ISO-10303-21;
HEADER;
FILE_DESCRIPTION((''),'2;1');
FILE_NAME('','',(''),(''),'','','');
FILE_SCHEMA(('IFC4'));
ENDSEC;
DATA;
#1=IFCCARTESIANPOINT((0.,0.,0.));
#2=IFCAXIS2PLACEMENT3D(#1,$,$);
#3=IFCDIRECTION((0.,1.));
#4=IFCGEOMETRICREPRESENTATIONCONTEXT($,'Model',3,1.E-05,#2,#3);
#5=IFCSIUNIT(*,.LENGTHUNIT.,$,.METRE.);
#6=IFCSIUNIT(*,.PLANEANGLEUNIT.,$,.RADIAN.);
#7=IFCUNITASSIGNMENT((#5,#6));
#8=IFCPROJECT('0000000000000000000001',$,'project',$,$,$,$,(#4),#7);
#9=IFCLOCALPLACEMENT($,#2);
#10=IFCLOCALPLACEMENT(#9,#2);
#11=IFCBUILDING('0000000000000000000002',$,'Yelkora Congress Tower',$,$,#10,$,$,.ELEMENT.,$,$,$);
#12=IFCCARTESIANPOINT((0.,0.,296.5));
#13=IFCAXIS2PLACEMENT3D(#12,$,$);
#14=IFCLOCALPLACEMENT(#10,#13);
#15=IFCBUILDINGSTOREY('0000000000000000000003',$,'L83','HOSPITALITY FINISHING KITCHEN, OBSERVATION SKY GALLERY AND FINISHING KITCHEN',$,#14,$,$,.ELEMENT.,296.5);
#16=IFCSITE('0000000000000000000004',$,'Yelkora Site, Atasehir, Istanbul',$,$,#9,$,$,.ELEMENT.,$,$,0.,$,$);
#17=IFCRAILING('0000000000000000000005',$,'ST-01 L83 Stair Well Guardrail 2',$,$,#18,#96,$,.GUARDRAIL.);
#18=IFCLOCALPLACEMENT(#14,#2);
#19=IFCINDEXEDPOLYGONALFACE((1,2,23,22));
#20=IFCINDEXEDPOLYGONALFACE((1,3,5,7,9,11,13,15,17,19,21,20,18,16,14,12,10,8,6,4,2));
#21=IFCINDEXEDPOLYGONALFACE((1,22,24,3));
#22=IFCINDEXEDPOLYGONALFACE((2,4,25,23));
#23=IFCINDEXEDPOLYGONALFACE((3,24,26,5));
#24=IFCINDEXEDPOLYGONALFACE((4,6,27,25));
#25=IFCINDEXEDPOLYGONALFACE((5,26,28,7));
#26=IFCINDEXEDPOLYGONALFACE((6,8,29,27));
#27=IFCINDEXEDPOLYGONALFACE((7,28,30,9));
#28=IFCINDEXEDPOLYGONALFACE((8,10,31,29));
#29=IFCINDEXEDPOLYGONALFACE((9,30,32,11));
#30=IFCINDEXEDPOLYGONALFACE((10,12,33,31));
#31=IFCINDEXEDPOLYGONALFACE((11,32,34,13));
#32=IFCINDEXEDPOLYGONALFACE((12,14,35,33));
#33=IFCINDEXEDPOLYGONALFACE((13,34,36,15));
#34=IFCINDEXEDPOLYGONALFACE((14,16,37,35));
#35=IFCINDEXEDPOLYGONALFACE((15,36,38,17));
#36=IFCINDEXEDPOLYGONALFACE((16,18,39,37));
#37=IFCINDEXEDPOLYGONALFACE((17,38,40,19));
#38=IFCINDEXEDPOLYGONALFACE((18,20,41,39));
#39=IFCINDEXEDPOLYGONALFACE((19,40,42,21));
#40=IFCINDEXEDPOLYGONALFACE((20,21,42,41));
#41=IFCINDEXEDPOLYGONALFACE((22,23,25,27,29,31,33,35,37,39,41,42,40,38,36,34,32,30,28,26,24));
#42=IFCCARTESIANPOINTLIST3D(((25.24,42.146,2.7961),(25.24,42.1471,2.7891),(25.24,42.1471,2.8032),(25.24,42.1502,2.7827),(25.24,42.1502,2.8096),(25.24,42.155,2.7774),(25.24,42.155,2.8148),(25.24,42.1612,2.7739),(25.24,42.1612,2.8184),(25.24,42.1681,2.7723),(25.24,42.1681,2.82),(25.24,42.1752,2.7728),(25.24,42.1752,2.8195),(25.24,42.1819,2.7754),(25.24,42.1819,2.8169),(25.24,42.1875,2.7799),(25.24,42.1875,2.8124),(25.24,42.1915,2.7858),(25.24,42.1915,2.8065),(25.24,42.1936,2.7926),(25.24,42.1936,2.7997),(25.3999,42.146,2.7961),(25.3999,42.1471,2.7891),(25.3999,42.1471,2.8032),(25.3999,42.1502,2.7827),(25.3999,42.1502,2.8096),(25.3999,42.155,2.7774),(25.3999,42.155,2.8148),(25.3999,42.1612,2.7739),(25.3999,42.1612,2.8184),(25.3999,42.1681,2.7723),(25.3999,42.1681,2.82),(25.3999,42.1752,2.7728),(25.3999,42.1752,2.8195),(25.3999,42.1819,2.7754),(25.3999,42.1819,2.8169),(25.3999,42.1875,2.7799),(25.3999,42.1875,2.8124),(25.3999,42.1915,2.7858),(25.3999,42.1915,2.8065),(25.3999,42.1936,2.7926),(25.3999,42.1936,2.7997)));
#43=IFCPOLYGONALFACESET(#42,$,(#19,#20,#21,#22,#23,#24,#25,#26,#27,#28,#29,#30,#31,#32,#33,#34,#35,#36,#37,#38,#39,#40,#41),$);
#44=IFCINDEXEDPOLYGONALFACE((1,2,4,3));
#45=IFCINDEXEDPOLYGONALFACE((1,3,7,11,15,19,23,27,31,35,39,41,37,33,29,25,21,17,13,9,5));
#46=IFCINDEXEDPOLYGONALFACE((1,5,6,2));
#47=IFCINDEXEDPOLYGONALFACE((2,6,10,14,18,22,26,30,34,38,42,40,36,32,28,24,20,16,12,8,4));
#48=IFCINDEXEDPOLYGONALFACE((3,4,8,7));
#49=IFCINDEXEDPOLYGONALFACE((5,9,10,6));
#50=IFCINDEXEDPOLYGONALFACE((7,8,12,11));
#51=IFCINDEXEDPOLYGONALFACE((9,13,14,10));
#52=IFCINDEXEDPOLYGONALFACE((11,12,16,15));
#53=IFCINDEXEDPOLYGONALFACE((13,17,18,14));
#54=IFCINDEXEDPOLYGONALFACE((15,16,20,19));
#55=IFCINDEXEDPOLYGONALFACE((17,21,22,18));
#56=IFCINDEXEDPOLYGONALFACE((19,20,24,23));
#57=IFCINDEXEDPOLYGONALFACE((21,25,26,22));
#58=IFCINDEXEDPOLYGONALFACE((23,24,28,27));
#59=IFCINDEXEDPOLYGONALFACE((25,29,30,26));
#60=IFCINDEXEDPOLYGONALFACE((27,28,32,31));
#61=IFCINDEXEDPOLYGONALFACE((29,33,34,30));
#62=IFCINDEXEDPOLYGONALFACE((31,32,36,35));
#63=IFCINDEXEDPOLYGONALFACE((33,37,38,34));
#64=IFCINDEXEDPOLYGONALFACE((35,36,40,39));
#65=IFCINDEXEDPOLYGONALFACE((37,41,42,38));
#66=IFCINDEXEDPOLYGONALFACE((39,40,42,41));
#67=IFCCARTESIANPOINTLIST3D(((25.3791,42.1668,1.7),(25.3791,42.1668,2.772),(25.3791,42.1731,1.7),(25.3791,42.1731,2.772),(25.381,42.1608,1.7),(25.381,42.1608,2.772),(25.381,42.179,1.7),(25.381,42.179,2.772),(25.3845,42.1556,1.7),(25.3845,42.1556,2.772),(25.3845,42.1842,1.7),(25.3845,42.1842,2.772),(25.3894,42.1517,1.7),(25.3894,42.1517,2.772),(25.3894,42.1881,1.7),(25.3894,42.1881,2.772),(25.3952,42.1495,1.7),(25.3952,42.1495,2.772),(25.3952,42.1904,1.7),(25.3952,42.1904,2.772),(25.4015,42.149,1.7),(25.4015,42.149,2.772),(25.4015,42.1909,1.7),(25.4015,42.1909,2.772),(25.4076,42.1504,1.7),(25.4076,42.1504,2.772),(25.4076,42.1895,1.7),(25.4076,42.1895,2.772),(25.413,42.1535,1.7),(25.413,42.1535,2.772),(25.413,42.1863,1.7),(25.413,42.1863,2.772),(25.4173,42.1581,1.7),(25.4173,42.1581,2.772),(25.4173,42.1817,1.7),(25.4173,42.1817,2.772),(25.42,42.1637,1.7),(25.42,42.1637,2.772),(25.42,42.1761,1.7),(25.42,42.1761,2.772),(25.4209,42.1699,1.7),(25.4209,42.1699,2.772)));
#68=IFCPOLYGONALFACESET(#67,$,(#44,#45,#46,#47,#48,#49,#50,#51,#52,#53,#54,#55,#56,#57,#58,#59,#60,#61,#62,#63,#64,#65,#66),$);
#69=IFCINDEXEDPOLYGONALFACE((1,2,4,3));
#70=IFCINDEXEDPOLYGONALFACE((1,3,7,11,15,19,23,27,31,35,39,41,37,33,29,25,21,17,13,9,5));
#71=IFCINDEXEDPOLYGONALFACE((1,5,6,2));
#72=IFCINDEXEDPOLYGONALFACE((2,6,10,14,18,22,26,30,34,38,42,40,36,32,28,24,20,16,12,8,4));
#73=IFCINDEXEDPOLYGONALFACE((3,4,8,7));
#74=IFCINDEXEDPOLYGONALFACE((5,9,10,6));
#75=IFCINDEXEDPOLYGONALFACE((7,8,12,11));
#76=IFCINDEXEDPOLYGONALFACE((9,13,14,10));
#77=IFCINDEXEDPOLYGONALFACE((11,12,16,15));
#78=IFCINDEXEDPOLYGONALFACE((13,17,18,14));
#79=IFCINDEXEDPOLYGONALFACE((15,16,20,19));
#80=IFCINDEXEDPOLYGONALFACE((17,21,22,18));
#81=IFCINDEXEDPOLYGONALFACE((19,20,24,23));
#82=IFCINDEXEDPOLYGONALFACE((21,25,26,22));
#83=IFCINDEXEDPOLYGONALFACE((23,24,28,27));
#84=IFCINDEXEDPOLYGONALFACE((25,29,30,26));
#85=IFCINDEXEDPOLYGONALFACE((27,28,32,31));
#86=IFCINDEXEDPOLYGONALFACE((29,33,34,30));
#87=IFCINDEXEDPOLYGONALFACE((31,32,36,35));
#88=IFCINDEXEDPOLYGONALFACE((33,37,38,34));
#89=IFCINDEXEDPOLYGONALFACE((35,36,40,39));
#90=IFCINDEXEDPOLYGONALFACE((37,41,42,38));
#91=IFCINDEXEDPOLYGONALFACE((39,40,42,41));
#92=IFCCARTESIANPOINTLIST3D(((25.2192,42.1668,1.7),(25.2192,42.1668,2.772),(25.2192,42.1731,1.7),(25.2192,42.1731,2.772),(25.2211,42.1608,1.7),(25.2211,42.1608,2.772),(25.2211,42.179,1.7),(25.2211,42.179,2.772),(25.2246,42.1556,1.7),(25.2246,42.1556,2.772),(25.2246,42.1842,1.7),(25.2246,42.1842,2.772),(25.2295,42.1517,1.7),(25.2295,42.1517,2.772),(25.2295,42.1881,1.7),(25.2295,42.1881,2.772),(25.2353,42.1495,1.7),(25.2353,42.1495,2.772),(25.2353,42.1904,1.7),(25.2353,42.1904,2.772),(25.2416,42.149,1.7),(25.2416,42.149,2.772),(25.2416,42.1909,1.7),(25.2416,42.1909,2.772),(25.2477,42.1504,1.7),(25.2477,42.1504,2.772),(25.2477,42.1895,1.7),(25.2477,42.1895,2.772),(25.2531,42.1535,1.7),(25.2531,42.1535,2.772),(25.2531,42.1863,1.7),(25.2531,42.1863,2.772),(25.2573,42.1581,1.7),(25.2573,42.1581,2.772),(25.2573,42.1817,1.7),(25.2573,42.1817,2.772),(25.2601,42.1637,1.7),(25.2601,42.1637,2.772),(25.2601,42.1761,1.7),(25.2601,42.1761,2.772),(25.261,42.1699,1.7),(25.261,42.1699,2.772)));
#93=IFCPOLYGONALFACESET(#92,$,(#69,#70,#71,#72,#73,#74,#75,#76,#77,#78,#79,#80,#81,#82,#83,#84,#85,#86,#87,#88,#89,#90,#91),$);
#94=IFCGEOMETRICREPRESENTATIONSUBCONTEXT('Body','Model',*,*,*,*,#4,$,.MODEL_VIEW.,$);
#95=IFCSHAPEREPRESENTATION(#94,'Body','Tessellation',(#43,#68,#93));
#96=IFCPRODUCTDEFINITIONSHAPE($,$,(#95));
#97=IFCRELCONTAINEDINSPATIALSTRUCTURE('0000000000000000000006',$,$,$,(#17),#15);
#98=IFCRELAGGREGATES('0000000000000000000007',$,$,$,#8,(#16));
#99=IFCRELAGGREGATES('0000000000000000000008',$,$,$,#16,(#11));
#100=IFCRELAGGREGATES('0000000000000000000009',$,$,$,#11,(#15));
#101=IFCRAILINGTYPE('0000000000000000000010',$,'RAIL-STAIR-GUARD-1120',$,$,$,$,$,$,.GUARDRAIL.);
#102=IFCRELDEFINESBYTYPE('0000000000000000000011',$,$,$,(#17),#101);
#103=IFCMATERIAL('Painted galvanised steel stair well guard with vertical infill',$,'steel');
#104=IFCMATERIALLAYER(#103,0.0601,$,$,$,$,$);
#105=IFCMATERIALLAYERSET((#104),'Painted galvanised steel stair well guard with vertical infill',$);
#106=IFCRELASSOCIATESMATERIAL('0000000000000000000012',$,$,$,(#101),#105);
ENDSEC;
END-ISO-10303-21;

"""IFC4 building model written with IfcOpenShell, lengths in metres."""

from ifc_helpers import new_model, si_unit, direction, frame, origin, origin_2d, place, context, subcontext, project, spatial, circle, extrude, material, layer, layer_set, type_object, element, save


model = new_model("IFC4")

# Units and contexts
model_context = context("Model", 3, precision=1e-05, world=origin(), true_north=direction((0.0, 1.0)))
body_context = subcontext(model_context, "Body", "Model", "MODEL_VIEW")
ifc_project = project(units=[si_unit("LENGTHUNIT", "METRE"), si_unit("PLANEANGLEUNIT", "RADIAN")], contexts=[model_context])

# Site, building, storey
site_placement = place(None, origin())
site = spatial("IfcSite", under=ifc_project, at=site_placement, Name="Yelkora Site, Atasehir, Istanbul", CompositionType="ELEMENT", RefElevation=0.0)
building_placement = place(site_placement, origin())
building = spatial("IfcBuilding", under=site, at=building_placement, Name="Yelkora Congress Tower", CompositionType="ELEMENT")
storey_placement = place(building_placement, frame((0.0, 0.0, 296.5)))
storey = spatial("IfcBuildingStorey", under=building, at=storey_placement, Name="L83", Description="HOSPITALITY FINISHING KITCHEN, OBSERVATION SKY GALLERY AND FINISHING KITCHEN", CompositionType="ELEMENT", Elevation=296.5)

# Railing
ifc_material_1 = material(Name="Painted galvanised steel stair well guard with vertical infill", Category="steel")
ifc_layer_1 = layer(ifc_material_1, 0.0601)
ifc_layer_set_1 = layer_set([ifc_layer_1], Name="Painted galvanised steel stair well guard with vertical infill")
railing_type_1 = type_object("IfcRailingType", Name="RAIL-STAIR-GUARD-1120", PredefinedType="GUARDRAIL", material=ifc_layer_set_1)
railing_1_placement = place(storey_placement, frame((25.3999, 42.1699, 1.7)))
element("IfcRailing", 1, at=railing_1_placement, inside=storey, type_object=railing_type_1, Name="ST-01 L83 Stair Well Guardrail 2", PredefinedType="GUARDRAIL", context=body_context, shape_type="SweptSolid", body=[
    extrude(circle(Radius=0.0239, at=origin_2d()), frame((0.0, 0.0, 1.0962), z_axis=(-1.0, 0.0, 0.0), x_axis=(0.0, -1.0, 0.0)), (0.0, 0.0, 1.0), 0.1599),
    extrude(circle(Radius=0.021, at=origin_2d()), origin(), (0.0, 0.0, 1.0), 1.072),
    extrude(circle(Radius=0.021, at=origin_2d()), frame((-0.1599, 0.0, 0.0)), (0.0, 0.0, 1.0), 1.072),
])

save(model, "model.ifc")
